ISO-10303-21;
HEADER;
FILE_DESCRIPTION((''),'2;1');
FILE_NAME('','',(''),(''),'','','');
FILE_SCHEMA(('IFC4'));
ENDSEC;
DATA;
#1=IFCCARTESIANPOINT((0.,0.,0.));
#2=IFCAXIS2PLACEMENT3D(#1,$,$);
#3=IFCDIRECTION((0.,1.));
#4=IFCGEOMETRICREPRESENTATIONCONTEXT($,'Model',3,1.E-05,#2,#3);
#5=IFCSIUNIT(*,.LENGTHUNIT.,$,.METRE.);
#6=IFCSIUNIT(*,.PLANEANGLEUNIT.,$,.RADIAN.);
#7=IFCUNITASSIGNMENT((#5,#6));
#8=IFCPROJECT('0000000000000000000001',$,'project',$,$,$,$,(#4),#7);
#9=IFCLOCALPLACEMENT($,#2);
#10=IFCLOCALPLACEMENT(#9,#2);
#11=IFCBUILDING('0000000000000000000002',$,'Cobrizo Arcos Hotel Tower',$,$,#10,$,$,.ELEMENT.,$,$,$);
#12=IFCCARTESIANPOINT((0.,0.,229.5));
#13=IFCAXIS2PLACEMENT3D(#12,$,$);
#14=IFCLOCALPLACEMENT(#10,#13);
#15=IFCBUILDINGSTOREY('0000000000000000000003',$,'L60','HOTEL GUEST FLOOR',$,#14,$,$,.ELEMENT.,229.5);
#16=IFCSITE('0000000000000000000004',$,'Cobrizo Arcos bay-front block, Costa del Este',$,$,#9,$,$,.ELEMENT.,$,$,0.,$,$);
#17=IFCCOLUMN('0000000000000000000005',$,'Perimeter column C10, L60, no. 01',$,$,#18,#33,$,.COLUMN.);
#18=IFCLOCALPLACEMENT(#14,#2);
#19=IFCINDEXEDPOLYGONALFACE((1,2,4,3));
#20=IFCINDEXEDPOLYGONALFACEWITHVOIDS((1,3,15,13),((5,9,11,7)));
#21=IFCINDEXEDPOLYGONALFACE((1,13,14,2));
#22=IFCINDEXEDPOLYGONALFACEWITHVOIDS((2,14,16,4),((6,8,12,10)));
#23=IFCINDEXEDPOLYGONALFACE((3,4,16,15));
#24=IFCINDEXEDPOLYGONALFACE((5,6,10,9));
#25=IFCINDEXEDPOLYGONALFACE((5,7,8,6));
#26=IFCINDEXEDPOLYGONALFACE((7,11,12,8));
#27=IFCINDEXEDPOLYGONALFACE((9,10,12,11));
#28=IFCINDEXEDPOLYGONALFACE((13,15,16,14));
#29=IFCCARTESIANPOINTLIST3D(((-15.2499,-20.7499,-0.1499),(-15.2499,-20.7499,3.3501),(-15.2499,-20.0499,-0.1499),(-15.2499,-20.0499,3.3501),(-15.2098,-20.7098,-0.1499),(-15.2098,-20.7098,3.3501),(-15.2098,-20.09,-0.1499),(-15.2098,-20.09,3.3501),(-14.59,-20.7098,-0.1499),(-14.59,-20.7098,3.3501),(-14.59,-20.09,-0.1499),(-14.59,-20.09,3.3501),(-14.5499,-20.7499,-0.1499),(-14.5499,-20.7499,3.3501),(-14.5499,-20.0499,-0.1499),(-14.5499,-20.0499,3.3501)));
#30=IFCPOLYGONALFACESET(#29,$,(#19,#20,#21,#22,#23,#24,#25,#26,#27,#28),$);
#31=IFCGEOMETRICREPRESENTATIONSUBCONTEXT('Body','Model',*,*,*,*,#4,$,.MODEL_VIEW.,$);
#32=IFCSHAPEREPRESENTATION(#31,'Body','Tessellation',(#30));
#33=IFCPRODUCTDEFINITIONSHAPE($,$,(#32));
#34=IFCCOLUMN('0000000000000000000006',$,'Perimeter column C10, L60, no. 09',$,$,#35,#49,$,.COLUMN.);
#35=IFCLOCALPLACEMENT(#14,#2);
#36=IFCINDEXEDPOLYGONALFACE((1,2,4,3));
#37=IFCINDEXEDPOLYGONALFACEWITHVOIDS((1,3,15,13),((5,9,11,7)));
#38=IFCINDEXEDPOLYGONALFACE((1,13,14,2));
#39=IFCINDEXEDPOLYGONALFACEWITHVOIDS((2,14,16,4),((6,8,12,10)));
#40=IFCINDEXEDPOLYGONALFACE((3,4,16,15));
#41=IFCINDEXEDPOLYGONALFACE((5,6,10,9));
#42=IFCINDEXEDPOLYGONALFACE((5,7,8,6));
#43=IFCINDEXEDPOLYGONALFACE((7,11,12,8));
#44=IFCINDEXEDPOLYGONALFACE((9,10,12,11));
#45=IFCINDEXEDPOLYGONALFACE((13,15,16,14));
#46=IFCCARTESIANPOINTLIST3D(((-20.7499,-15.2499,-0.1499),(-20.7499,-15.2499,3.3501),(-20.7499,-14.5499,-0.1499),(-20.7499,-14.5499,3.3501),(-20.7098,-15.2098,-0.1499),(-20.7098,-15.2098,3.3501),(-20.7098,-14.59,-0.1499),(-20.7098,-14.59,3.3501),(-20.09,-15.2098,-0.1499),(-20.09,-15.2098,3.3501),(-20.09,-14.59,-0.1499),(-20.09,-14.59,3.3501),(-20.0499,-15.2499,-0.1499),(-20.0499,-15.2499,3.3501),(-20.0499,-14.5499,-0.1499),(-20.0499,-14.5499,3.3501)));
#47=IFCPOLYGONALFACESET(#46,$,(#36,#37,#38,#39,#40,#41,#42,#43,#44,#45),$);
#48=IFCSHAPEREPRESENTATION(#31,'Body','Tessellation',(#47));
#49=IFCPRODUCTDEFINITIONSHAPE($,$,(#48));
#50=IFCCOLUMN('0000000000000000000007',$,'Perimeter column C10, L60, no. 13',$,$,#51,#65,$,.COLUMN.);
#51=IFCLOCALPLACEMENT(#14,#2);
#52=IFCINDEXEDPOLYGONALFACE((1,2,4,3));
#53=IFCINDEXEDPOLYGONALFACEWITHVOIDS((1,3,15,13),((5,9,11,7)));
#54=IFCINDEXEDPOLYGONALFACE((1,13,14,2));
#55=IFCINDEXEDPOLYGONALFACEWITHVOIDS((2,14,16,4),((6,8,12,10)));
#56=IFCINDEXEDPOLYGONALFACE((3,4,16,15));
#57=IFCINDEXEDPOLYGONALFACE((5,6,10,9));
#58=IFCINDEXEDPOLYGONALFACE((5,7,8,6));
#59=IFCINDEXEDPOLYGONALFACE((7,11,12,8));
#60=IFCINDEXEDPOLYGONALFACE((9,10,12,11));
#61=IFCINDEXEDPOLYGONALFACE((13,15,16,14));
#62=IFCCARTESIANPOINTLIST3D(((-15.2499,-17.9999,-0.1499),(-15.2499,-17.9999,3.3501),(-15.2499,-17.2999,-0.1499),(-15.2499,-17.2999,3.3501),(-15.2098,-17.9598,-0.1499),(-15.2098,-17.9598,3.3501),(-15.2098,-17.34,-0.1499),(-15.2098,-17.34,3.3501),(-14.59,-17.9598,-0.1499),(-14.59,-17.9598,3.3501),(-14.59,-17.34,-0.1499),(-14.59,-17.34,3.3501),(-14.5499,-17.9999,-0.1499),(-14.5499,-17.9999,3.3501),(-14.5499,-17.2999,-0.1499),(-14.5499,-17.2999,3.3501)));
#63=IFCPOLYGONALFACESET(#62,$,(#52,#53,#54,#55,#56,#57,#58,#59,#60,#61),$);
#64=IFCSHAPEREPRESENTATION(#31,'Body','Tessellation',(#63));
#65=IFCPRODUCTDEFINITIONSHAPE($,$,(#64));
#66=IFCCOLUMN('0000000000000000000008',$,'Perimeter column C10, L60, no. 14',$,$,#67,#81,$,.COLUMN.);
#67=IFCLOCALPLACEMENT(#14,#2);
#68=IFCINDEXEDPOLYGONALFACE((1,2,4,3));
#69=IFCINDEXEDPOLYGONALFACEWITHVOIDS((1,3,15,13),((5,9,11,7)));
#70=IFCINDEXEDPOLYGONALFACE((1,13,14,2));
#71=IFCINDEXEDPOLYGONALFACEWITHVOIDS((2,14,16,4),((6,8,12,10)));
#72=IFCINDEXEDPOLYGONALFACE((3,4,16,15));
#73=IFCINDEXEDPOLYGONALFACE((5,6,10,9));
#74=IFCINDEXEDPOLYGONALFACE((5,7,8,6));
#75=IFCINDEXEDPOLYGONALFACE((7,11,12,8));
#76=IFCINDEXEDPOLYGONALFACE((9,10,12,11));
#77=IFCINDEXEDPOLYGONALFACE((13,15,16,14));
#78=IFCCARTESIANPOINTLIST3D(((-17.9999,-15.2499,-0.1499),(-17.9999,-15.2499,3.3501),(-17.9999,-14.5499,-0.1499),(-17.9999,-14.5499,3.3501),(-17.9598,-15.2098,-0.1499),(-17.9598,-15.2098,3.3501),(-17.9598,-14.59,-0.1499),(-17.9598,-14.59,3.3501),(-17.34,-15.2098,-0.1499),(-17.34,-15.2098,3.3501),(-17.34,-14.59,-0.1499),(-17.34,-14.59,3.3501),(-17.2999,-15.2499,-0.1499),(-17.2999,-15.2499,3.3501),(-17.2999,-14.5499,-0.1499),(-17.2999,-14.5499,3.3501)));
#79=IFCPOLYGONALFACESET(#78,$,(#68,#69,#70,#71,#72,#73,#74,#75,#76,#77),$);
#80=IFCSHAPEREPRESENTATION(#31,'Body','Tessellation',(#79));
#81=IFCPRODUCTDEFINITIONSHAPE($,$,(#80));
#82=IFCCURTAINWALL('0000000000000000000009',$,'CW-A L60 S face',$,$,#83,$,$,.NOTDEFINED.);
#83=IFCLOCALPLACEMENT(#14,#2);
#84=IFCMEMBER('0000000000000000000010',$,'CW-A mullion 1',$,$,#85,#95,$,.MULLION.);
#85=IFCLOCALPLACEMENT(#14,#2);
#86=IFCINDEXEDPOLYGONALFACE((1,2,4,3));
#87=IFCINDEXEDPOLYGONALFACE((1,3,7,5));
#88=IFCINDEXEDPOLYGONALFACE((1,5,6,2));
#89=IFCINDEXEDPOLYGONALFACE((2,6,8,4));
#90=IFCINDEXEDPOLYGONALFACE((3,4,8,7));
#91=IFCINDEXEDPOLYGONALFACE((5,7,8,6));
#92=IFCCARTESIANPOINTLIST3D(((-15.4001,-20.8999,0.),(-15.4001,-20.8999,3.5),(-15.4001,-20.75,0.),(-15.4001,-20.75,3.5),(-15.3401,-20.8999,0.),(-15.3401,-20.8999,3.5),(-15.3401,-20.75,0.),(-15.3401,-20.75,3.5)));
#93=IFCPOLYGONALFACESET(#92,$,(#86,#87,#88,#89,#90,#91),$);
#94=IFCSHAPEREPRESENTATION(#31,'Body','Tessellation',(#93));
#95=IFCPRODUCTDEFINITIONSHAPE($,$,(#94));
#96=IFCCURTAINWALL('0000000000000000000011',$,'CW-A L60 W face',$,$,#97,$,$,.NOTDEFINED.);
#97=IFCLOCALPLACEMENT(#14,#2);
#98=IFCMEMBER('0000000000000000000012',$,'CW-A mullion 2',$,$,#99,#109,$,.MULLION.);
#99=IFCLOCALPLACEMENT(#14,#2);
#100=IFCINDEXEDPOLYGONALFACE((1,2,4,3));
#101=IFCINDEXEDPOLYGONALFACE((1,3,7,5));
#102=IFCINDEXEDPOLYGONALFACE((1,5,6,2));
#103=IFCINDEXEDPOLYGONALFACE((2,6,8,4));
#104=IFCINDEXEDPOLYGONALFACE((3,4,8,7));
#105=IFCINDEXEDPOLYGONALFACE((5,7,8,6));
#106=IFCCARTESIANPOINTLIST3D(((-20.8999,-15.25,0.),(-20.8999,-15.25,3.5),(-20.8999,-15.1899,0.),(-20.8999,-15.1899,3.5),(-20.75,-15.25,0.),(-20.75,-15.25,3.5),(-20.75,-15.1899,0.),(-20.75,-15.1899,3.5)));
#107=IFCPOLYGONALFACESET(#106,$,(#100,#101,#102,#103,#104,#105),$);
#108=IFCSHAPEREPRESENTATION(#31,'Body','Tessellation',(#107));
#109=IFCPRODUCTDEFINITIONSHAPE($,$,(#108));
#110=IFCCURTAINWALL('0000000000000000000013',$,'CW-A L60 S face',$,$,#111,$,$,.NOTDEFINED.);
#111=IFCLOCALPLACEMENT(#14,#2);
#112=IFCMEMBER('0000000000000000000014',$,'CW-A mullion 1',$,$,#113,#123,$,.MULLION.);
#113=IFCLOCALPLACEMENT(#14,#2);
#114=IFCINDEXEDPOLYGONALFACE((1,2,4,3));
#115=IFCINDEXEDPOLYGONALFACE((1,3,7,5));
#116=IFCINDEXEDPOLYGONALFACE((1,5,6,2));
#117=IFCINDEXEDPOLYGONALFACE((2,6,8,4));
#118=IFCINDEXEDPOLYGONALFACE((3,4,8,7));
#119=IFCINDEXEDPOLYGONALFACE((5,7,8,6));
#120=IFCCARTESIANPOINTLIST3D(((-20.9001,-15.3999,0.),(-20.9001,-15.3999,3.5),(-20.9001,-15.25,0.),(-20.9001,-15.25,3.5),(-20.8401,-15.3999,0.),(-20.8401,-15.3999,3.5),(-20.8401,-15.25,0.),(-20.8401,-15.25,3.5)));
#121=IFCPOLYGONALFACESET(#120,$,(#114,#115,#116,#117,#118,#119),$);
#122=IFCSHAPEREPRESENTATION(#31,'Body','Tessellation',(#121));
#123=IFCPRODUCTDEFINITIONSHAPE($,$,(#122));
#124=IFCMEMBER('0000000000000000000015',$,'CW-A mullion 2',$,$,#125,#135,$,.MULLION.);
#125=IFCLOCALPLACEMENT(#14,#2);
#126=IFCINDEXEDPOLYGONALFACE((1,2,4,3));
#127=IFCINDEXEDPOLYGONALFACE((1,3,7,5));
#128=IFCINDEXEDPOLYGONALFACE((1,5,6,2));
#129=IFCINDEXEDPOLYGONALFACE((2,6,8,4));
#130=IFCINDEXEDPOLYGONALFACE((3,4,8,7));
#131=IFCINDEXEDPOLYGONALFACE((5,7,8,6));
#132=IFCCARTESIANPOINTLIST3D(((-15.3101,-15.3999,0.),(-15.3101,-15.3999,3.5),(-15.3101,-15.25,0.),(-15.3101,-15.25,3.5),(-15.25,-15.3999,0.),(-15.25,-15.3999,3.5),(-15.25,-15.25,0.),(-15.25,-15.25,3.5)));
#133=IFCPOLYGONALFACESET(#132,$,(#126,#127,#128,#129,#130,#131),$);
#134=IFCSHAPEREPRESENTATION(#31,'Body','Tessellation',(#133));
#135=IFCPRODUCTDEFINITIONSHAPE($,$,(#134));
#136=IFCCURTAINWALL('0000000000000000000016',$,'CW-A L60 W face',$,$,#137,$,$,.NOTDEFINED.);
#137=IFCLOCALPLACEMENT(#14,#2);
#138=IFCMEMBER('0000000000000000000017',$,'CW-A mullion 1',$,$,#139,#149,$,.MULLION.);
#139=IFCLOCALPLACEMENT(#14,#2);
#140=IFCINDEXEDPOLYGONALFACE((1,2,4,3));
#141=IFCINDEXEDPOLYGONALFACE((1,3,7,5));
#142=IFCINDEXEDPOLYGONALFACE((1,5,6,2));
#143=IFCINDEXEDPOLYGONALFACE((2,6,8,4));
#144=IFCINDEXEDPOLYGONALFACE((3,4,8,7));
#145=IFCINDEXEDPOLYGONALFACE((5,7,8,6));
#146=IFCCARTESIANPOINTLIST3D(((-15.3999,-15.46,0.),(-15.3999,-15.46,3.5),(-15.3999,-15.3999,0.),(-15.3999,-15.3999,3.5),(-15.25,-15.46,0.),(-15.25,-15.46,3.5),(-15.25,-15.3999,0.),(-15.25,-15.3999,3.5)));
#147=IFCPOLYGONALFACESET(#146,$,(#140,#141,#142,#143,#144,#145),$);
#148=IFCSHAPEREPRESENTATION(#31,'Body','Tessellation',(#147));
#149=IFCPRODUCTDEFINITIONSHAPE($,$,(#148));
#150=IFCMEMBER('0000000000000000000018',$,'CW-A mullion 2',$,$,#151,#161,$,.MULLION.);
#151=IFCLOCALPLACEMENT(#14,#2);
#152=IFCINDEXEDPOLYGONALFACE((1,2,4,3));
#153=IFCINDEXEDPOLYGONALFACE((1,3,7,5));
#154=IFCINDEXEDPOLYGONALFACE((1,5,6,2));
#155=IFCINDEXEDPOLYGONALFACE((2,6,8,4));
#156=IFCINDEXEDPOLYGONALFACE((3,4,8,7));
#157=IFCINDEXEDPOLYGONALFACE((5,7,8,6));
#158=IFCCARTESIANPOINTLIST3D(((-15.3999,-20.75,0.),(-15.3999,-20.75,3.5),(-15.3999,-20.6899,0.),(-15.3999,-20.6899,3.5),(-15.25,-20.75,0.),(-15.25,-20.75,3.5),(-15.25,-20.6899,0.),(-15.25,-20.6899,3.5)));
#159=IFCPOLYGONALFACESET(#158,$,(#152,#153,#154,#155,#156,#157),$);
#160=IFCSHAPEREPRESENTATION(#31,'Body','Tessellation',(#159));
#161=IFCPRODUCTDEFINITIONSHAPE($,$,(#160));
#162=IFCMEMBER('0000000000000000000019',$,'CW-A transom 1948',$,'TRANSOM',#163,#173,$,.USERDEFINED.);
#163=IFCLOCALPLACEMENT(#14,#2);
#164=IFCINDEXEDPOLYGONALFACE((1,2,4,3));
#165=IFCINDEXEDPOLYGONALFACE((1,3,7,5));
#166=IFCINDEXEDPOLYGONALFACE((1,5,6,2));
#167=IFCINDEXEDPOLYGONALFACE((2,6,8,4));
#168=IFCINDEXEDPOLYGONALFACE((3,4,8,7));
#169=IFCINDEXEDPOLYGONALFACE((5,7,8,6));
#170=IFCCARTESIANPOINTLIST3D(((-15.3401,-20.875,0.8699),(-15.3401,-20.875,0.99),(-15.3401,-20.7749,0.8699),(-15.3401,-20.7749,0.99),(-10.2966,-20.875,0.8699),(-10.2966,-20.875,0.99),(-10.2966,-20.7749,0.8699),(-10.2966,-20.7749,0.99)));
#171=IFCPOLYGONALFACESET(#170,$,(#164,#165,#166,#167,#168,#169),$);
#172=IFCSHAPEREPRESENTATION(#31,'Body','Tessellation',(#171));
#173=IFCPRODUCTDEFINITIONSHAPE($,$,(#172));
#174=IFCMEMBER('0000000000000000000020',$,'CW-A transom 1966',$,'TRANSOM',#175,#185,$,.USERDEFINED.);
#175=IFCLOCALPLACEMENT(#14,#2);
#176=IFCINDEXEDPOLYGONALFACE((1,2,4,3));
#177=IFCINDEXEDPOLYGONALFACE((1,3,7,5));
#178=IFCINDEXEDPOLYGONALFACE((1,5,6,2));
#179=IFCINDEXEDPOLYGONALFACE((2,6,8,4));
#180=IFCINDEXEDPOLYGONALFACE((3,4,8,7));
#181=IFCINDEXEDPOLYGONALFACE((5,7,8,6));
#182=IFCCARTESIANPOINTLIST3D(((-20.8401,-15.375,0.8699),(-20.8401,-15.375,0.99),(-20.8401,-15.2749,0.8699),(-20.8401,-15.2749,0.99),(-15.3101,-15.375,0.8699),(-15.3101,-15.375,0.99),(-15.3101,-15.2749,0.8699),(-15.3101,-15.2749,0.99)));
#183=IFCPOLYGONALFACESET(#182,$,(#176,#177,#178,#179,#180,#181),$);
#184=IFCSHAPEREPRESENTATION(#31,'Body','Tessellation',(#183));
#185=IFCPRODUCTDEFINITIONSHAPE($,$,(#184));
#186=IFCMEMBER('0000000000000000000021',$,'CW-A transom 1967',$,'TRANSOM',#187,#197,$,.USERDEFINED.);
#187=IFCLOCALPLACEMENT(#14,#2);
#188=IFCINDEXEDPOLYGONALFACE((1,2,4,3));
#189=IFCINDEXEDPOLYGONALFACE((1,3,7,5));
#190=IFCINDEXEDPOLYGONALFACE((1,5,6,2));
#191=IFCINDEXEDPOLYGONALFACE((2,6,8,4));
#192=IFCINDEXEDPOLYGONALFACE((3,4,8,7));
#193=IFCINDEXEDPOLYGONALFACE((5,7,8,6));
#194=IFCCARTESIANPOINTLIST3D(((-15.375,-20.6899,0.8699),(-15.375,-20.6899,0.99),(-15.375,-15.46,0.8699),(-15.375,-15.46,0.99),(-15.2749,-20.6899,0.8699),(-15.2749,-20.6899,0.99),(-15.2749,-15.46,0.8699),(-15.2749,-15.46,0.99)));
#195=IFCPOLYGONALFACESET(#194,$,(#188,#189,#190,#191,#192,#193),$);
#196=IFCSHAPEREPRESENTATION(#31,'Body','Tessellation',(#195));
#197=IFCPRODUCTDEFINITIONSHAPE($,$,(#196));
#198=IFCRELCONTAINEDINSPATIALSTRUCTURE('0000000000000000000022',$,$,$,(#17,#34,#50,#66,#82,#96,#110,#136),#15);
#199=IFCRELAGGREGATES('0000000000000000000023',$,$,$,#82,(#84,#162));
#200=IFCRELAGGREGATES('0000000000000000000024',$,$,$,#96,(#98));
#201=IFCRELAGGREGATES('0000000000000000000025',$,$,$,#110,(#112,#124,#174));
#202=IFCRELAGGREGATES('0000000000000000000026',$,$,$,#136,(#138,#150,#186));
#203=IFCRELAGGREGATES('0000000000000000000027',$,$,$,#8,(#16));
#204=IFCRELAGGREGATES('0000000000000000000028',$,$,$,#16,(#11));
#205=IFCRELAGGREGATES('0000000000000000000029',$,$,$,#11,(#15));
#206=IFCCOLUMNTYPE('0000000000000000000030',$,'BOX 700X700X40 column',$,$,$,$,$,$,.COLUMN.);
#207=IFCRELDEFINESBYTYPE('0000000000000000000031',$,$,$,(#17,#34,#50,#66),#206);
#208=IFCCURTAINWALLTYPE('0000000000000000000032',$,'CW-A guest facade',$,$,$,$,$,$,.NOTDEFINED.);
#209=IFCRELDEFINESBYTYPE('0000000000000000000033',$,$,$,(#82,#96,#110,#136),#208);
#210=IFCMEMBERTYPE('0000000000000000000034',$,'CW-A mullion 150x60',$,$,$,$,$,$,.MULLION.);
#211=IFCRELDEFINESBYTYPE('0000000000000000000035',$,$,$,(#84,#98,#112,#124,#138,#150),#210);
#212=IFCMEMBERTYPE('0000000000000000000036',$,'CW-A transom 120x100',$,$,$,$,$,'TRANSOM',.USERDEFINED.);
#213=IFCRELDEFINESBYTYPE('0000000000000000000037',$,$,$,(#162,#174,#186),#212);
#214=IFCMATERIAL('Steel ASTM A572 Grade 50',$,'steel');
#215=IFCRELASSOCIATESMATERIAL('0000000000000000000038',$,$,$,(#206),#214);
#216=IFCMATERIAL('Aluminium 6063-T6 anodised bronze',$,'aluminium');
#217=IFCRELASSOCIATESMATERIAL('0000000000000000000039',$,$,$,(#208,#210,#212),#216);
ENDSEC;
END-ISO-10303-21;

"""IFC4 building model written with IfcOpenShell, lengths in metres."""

from ifc_helpers import new_model, si_unit, direction, frame, origin, origin_2d, place, context, subcontext, project, spatial, rectangle, hollow_rectangle, extrude, material, material_profile, profile_set, type_object, element, aggregate, save


model = new_model("IFC4")

# Units and contexts
model_context = context("Model", 3, precision=1e-05, world=origin(), true_north=direction((0.0, 1.0)))
body_context = subcontext(model_context, "Body", "Model", "MODEL_VIEW")
ifc_project = project(units=[si_unit("LENGTHUNIT", "METRE"), si_unit("PLANEANGLEUNIT", "RADIAN")], contexts=[model_context])

# Site, building, storey
site_placement = place(None, origin())
site = spatial("IfcSite", under=ifc_project, at=site_placement, Name="Cobrizo Arcos bay-front block, Costa del Este", CompositionType="ELEMENT", RefElevation=0.0)
building_placement = place(site_placement, origin())
building = spatial("IfcBuilding", under=site, at=building_placement, Name="Cobrizo Arcos Hotel Tower", CompositionType="ELEMENT")
storey_placement = place(building_placement, frame((0.0, 0.0, 229.5)))
storey = spatial("IfcBuildingStorey", under=building, at=storey_placement, Name="L60", Description="HOTEL GUEST FLOOR", CompositionType="ELEMENT", Elevation=229.5)

# Columns
ifc_material_1 = material(Name="Steel ASTM A572 Grade 50", Category="steel")
ifc_material_profile_1 = material_profile(ifc_material_1, hollow_rectangle(XDim=0.7, YDim=0.7, WallThickness=0.04, at=origin_2d()), Name="BOX 700X700X40")
ifc_profile_set_1 = profile_set([ifc_material_profile_1], Name="Steel ASTM A572 Grade 50")
column_type = type_object("IfcColumnType", Name="BOX 700X700X40 column", PredefinedType="COLUMN", material=ifc_profile_set_1)
for number, where, z_axis, x_axis, name in (
    (1, (-14.8999, -20.3999, -0.1499), (0.0, 0.0, 1.0), (1.0, 0.0, 0.0), "Perimeter column C10, L60, no. 01"),
    (2, (-20.3999, -14.8999, -0.1499), (0.0, 0.0, 1.0), (1.0, 0.0, 0.0), "Perimeter column C10, L60, no. 09"),
    (3, (-14.8999, -17.6499, -0.1499), (0.0, 0.0, 1.0), (1.0, 0.0, 0.0), "Perimeter column C10, L60, no. 13"),
    (4, (-17.6499, -14.8999, -0.1499), (0.0, 0.0, 1.0), (1.0, 0.0, 0.0), "Perimeter column C10, L60, no. 14"),
):
    element("IfcColumn", number, at=place(storey_placement, frame(where, z_axis=z_axis, x_axis=x_axis)), inside=storey, type_object=column_type, Name=name, PredefinedType="COLUMN", context=body_context, shape_type="SweptSolid", body=[
        extrude(hollow_rectangle(XDim=0.7, YDim=0.7, WallThickness=0.04, at=origin_2d()), origin(), (0.0, 0.0, 1.0), 3.5),
    ])

# Curtain walls, members
ifc_material_2 = material(Name="Aluminium 6063-T6 anodised bronze", Category="aluminium")
curtain_wall_type = type_object("IfcCurtainWallType", Name="CW-A guest facade", PredefinedType="NOTDEFINED", material=ifc_material_2)
curtain_wall_1_placement = place(storey_placement, origin())
curtain_wall_1 = element("IfcCurtainWall", 5, at=curtain_wall_1_placement, inside=storey, type_object=curtain_wall_type, Name="CW-A L60 S face", PredefinedType="NOTDEFINED")
ifc_material_profile_2 = material_profile(ifc_material_2, rectangle(XDim=0.1499, YDim=0.0601, at=origin_2d()), Name="CW-A mullion 150x60")
ifc_profile_set_2 = profile_set([ifc_material_profile_2], Name="Aluminium 6063-T6 anodised bronze")
member_type_1 = type_object("IfcMemberType", Name="CW-A mullion 150x60", PredefinedType="MULLION", material=ifc_profile_set_2)
member_1_placement = place(storey_placement, frame((-15.3701, -20.825, 0.0), z_axis=(0.0, 0.0, 1.0), x_axis=(0.0, -1.0, 0.0)))
member_1 = element("IfcMember", 6, at=member_1_placement, type_object=member_type_1, Name="CW-A mullion 1", PredefinedType="MULLION", context=body_context, shape_type="SweptSolid", body=[
    extrude(rectangle(XDim=0.1499, YDim=0.0601, at=origin_2d()), origin(), (0.0, 0.0, 1.0), 3.5),
])
curtain_wall_2_placement = place(storey_placement, origin())
curtain_wall_2 = element("IfcCurtainWall", 7, at=curtain_wall_2_placement, inside=storey, type_object=curtain_wall_type, Name="CW-A L60 W face", PredefinedType="NOTDEFINED")
member_2_placement = place(storey_placement, frame((-20.825, -15.22, 0.0), z_axis=(0.0, 0.0, 1.0), x_axis=(-1.0, 0.0, 0.0)))
member_2 = element("IfcMember", 8, at=member_2_placement, type_object=member_type_1, Name="CW-A mullion 2", PredefinedType="MULLION", context=body_context, shape_type="SweptSolid", body=[
    extrude(rectangle(XDim=0.1499, YDim=0.0601, at=origin_2d()), origin(), (0.0, 0.0, 1.0), 3.5),
])

# Curtain walls, members
curtain_wall_3_placement = place(storey_placement, origin())
curtain_wall_3 = element("IfcCurtainWall", 9, at=curtain_wall_3_placement, inside=storey, type_object=curtain_wall_type, Name="CW-A L60 S face", PredefinedType="NOTDEFINED")
member_3_placement = place(storey_placement, frame((-20.8701, -15.325, 0.0), z_axis=(0.0, 0.0, 1.0), x_axis=(0.0, -1.0, 0.0)))
member_3 = element("IfcMember", 10, at=member_3_placement, type_object=member_type_1, Name="CW-A mullion 1", PredefinedType="MULLION", context=body_context, shape_type="SweptSolid", body=[
    extrude(rectangle(XDim=0.1499, YDim=0.0601, at=origin_2d()), origin(), (0.0, 0.0, 1.0), 3.5),
])
member_4_placement = place(storey_placement, frame((-15.28, -15.325, 0.0), z_axis=(0.0, 0.0, 1.0), x_axis=(0.0, -1.0, 0.0)))
member_4 = element("IfcMember", 11, at=member_4_placement, type_object=member_type_1, Name="CW-A mullion 2", PredefinedType="MULLION", context=body_context, shape_type="SweptSolid", body=[
    extrude(rectangle(XDim=0.1499, YDim=0.0601, at=origin_2d()), origin(), (0.0, 0.0, 1.0), 3.5),
])
curtain_wall_4_placement = place(storey_placement, origin())
curtain_wall_4 = element("IfcCurtainWall", 12, at=curtain_wall_4_placement, inside=storey, type_object=curtain_wall_type, Name="CW-A L60 W face", PredefinedType="NOTDEFINED")
member_5_placement = place(storey_placement, frame((-15.325, -15.4299, 0.0), z_axis=(0.0, 0.0, 1.0), x_axis=(-1.0, 0.0, 0.0)))
member_5 = element("IfcMember", 13, at=member_5_placement, type_object=member_type_1, Name="CW-A mullion 1", PredefinedType="MULLION", context=body_context, shape_type="SweptSolid", body=[
    extrude(rectangle(XDim=0.1499, YDim=0.0601, at=origin_2d()), origin(), (0.0, 0.0, 1.0), 3.5),
])
member_6_placement = place(storey_placement, frame((-15.325, -20.72, 0.0), z_axis=(0.0, 0.0, 1.0), x_axis=(-1.0, 0.0, 0.0)))
member_6 = element("IfcMember", 14, at=member_6_placement, type_object=member_type_1, Name="CW-A mullion 2", PredefinedType="MULLION", context=body_context, shape_type="SweptSolid", body=[
    extrude(rectangle(XDim=0.1499, YDim=0.0601, at=origin_2d()), origin(), (0.0, 0.0, 1.0), 3.5),
])

# Members
ifc_material_profile_3 = material_profile(ifc_material_2, rectangle(XDim=0.1001, YDim=0.1201, at=origin_2d()), Name="CW-A transom 120x100")
ifc_profile_set_3 = profile_set([ifc_material_profile_3], Name="Aluminium 6063-T6 anodised bronze")
member_type_2 = type_object("IfcMemberType", Name="CW-A transom 120x100", ElementType="TRANSOM", PredefinedType="USERDEFINED", material=ifc_profile_set_3)
member_7_placement = place(storey_placement, frame((-15.3401, -20.825, 0.9299), z_axis=(1.0, 0.0, 0.0), x_axis=(0.0, 1.0, 0.0)))
member_7 = element("IfcMember", 15, at=member_7_placement, type_object=member_type_2, Name="CW-A transom 1948", ObjectType="TRANSOM", PredefinedType="USERDEFINED", context=body_context, shape_type="SweptSolid", body=[
    extrude(rectangle(XDim=0.1001, YDim=0.1201, at=origin_2d()), origin(), (0.0, 0.0, 1.0), 5.0435),
])
aggregate(curtain_wall_1, [member_1, member_7])
member_8_placement = place(storey_placement, frame((-20.8401, -15.325, 0.9299), z_axis=(1.0, 0.0, 0.0), x_axis=(0.0, 1.0, 0.0)))
member_8 = element("IfcMember", 16, at=member_8_placement, type_object=member_type_2, Name="CW-A transom 1966", ObjectType="TRANSOM", PredefinedType="USERDEFINED", context=body_context, shape_type="SweptSolid", body=[
    extrude(rectangle(XDim=0.1001, YDim=0.1201, at=origin_2d()), origin(), (0.0, 0.0, 1.0), 5.53),
])
member_9_placement = place(storey_placement, frame((-15.325, -15.46, 0.9299), z_axis=(0.0, -1.0, 0.0), x_axis=(1.0, 0.0, 0.0)))
member_9 = element("IfcMember", 17, at=member_9_placement, type_object=member_type_2, Name="CW-A transom 1967", ObjectType="TRANSOM", PredefinedType="USERDEFINED", context=body_context, shape_type="SweptSolid", body=[
    extrude(rectangle(XDim=0.1001, YDim=0.1201, at=origin_2d()), origin(), (0.0, 0.0, 1.0), 5.23),
])

aggregate(curtain_wall_2, [member_2])
aggregate(curtain_wall_3, [member_3, member_4, member_8])
aggregate(curtain_wall_4, [member_5, member_6, member_9])

save(model, "model.ifc")
